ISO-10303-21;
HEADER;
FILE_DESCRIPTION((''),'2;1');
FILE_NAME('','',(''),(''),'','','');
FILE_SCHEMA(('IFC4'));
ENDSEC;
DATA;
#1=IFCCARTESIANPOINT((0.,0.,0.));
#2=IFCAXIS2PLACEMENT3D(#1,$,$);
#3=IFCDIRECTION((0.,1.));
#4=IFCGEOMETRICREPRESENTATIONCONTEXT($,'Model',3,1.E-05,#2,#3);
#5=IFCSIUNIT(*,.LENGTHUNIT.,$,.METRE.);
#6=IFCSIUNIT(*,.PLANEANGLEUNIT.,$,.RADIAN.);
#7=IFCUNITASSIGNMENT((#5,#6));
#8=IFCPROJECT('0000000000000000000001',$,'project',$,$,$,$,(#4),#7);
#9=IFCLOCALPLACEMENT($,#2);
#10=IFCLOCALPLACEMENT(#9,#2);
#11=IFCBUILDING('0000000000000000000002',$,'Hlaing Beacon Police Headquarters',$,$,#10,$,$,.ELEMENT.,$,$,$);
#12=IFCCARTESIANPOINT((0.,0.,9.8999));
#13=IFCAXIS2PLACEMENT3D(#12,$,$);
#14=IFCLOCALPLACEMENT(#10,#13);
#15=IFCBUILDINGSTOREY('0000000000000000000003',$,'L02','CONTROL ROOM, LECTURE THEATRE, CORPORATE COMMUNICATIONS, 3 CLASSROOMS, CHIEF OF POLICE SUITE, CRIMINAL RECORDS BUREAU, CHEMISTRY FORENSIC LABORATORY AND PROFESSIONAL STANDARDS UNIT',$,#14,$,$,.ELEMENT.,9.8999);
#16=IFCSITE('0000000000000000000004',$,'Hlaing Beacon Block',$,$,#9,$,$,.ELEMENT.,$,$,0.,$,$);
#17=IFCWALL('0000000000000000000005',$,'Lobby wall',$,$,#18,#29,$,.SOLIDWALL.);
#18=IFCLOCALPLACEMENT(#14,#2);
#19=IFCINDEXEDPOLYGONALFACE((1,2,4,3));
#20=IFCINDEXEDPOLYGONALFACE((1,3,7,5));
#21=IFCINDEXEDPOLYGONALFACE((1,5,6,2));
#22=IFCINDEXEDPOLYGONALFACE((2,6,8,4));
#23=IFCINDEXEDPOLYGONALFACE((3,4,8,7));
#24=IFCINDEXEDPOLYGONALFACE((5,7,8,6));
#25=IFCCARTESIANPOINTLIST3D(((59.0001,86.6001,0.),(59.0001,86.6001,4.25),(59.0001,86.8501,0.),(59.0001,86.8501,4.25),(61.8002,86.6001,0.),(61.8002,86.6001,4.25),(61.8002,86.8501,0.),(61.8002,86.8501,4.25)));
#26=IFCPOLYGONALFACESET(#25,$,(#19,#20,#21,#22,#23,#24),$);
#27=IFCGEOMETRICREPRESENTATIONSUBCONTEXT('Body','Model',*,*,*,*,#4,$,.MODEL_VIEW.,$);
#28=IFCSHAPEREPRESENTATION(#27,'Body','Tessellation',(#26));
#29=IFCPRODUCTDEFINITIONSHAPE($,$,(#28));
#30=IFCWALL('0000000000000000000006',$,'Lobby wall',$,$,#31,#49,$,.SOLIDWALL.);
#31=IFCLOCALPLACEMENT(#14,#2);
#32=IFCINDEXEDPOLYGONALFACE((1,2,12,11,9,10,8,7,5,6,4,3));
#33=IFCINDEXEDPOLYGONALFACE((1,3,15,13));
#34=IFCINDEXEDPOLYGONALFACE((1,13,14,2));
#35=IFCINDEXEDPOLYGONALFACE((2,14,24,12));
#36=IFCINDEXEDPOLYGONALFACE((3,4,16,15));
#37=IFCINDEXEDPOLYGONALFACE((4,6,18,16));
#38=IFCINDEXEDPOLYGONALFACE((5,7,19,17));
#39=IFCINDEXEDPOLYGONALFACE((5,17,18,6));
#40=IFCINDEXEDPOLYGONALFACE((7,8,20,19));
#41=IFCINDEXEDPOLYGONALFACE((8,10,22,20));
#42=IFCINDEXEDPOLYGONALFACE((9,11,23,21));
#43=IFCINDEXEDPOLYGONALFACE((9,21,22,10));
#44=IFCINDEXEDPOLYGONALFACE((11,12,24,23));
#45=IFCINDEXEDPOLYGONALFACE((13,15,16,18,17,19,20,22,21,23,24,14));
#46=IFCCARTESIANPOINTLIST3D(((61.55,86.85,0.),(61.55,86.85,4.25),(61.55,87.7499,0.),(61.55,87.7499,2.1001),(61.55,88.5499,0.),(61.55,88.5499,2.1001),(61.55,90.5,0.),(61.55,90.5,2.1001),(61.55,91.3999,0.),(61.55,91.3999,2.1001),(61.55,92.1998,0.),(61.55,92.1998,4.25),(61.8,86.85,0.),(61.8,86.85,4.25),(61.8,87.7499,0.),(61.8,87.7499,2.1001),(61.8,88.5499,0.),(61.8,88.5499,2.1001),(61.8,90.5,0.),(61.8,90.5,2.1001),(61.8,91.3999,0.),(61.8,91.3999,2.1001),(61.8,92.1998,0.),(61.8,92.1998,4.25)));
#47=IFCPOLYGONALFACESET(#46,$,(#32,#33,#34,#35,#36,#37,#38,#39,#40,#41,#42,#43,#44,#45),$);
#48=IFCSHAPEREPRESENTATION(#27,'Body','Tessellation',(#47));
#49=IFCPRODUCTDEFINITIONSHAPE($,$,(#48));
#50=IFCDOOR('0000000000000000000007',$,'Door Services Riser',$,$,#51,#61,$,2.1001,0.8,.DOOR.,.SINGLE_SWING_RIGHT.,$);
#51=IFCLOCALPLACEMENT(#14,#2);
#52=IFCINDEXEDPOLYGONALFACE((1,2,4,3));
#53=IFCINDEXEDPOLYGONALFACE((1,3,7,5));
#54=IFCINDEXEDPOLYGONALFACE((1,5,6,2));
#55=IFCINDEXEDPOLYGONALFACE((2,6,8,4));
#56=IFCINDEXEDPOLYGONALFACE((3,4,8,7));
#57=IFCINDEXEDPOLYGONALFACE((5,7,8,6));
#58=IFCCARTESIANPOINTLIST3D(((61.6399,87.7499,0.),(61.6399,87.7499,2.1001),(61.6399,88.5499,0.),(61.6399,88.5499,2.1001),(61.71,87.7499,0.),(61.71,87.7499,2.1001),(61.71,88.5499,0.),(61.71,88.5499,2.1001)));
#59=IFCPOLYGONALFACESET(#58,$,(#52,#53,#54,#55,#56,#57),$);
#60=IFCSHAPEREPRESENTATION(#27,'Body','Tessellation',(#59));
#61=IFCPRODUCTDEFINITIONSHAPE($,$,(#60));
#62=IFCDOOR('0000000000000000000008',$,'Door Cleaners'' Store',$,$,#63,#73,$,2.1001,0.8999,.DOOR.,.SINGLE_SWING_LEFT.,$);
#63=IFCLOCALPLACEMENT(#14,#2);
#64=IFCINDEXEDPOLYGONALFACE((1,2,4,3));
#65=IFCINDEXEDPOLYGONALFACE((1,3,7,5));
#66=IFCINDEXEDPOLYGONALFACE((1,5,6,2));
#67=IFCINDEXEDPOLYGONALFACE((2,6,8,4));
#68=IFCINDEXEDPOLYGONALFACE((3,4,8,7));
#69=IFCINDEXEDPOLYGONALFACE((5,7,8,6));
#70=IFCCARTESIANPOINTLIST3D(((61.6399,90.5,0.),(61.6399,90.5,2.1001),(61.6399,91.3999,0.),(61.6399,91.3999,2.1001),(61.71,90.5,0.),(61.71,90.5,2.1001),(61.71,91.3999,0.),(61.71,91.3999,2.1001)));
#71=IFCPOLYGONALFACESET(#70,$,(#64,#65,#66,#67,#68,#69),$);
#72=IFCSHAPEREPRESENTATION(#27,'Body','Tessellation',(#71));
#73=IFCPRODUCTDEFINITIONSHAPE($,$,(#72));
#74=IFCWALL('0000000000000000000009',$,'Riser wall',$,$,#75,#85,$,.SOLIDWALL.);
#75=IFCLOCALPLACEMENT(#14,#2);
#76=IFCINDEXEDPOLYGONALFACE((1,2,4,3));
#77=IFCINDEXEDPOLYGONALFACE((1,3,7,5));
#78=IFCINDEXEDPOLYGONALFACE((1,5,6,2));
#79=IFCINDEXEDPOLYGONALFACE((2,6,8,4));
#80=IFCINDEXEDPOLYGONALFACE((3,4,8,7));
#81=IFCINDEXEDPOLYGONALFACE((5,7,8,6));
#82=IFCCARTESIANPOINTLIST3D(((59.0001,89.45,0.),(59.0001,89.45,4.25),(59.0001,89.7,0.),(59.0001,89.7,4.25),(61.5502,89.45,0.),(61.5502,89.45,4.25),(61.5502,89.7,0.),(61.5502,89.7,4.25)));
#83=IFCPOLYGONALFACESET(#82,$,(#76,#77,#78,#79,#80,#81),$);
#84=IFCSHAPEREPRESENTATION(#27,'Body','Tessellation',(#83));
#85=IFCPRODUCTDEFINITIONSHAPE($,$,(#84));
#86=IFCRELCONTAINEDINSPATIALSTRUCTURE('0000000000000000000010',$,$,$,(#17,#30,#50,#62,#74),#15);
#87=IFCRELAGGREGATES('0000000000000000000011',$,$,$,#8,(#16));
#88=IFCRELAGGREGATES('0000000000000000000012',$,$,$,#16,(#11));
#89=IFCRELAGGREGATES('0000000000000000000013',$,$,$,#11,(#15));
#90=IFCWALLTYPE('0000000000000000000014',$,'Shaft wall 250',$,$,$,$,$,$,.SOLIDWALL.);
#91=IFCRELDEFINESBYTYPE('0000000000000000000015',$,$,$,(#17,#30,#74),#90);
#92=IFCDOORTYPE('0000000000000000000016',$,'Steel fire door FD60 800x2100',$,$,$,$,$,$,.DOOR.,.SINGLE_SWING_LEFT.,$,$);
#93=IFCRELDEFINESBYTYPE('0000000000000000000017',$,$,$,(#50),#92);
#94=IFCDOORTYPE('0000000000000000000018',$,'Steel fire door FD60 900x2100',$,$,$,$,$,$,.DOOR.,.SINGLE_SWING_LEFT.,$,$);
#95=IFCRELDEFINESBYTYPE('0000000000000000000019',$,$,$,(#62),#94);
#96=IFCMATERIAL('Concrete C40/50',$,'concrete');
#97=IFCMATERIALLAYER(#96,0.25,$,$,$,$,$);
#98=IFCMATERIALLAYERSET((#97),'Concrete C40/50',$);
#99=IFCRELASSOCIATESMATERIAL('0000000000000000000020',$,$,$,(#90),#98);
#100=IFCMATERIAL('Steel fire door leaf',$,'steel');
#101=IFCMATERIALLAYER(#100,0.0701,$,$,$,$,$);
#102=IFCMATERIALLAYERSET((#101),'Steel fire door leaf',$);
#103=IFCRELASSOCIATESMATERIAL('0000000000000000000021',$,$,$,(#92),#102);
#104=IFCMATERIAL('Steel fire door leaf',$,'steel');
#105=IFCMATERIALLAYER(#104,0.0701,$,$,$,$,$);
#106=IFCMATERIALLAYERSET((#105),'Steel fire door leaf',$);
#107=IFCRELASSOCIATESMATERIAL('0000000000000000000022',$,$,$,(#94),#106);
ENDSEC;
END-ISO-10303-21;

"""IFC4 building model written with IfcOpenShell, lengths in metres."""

from ifc_helpers import new_model, si_unit, direction, frame, frame_2d, origin, place, context, subcontext, project, spatial, rectangle, extrude, material, layer, layer_set, type_object, element, fill, save


model = new_model("IFC4")

# Units and contexts
model_context = context("Model", 3, precision=1e-05, world=origin(), true_north=direction((0.0, 1.0)))
body_context = subcontext(model_context, "Body", "Model", "MODEL_VIEW")
ifc_project = project(units=[si_unit("LENGTHUNIT", "METRE"), si_unit("PLANEANGLEUNIT", "RADIAN")], contexts=[model_context])

# Site, building, storey
site_placement = place(None, origin())
site = spatial("IfcSite", under=ifc_project, at=site_placement, Name="Hlaing Beacon Block", CompositionType="ELEMENT", RefElevation=0.0)
building_placement = place(site_placement, origin())
building = spatial("IfcBuilding", under=site, at=building_placement, Name="Hlaing Beacon Police Headquarters", CompositionType="ELEMENT")
storey_placement = place(building_placement, frame((0.0, 0.0, 9.8999)))
storey = spatial("IfcBuildingStorey", under=building, at=storey_placement, Name="L02", Description="CONTROL ROOM, LECTURE THEATRE, CORPORATE COMMUNICATIONS, 3 CLASSROOMS, CHIEF OF POLICE SUITE, CRIMINAL RECORDS BUREAU, CHEMISTRY FORENSIC LABORATORY AND PROFESSIONAL STANDARDS UNIT", CompositionType="ELEMENT", Elevation=9.8999)

# Shared definitions
ifc_material_1 = material(Name="Concrete C40/50", Category="concrete")
ifc_layer_1 = layer(ifc_material_1, 0.25)
ifc_layer_set_1 = layer_set([ifc_layer_1], Name="Concrete C40/50")
wall_type_1 = type_object("IfcWallType", Name="Shaft wall 250", PredefinedType="SOLIDWALL", material=ifc_layer_set_1)

# Wall
wall_1_placement = place(storey_placement, frame((61.8, 86.7251, 0.0), z_axis=(0.0, 0.0, 1.0), x_axis=(-1.0, 0.0, 0.0)))
element("IfcWall", 1, at=wall_1_placement, inside=storey, type_object=wall_type_1, Name="Lobby wall", PredefinedType="SOLIDWALL", context=body_context, shape_type="SweptSolid", body=[
    extrude(rectangle(XDim=2.8, YDim=0.25, at=frame_2d((1.3999, 0.0))), origin(), (0.0, 0.0, 1.0), 4.25),
])

# Wall, openings, doors
wall_2_placement = place(storey_placement, frame((61.675, 86.8501, 0.0), z_axis=(0.0, 0.0, 1.0), x_axis=(0.0, 1.0, 0.0)))
wall_2 = element("IfcWall", 2, at=wall_2_placement, inside=storey, type_object=wall_type_1, Name="Lobby wall", PredefinedType="SOLIDWALL", context=body_context, shape_type="SweptSolid", body=[
    extrude(rectangle(XDim=5.3499, YDim=0.25, at=frame_2d((2.6748, 0.0))), origin(), (0.0, 0.0, 1.0), 4.25),
])
opening_1_placement = place(wall_2_placement, frame((3.6499, 0.0, 0.0)))
opening_1 = element("IfcOpeningElement", 3, at=opening_1_placement, cuts=wall_2, PredefinedType="OPENING", context=body_context, shape_type="SweptSolid", body=[
    extrude(rectangle(XDim=0.8999, YDim=2.1001, at=frame_2d((0.45, 1.05))), frame((0.0, 0.135, 0.0), z_axis=(0.0, -1.0, 0.0), x_axis=(1.0, 0.0, 0.0)), (0.0, 0.0, 1.0), 0.27),
])
opening_2_placement = place(wall_2_placement, frame((0.8999, 0.0, 0.0)))
opening_2 = element("IfcOpeningElement", 4, at=opening_2_placement, cuts=wall_2, PredefinedType="OPENING", context=body_context, shape_type="SweptSolid", body=[
    extrude(rectangle(XDim=0.8, YDim=2.1001, at=frame_2d((0.3999, 1.05))), frame((0.0, 0.135, 0.0), z_axis=(0.0, -1.0, 0.0), x_axis=(1.0, 0.0, 0.0)), (0.0, 0.0, 1.0), 0.27),
])
ifc_material_2 = material(Name="Steel fire door leaf", Category="steel")
ifc_layer_2 = layer(ifc_material_2, 0.0701)
ifc_layer_set_2 = layer_set([ifc_layer_2], Name="Steel fire door leaf")
door_type_1 = type_object("IfcDoorType", Name="Steel fire door FD60 800x2100", OperationType="SINGLE_SWING_LEFT", PredefinedType="DOOR", material=ifc_layer_set_2)
door_1_placement = place(opening_2_placement, origin())
door_1 = element("IfcDoor", 5, at=door_1_placement, inside=storey, type_object=door_type_1, Name="Door Services Riser", OperationType="SINGLE_SWING_RIGHT", OverallHeight=2.1001, OverallWidth=0.8, PredefinedType="DOOR", context=body_context, shape_type="SweptSolid", body=[
    extrude(rectangle(XDim=0.8, YDim=2.1001, at=frame_2d((0.3999, 1.05))), frame((0.0, 0.0352, 0.0), z_axis=(0.0, -1.0, 0.0), x_axis=(1.0, 0.0, 0.0)), (0.0, 0.0, 1.0), 0.0701),
])
fill(opening_2, door_1)
ifc_material_3 = material(Name="Steel fire door leaf", Category="steel")
ifc_layer_3 = layer(ifc_material_3, 0.0701)
ifc_layer_set_3 = layer_set([ifc_layer_3], Name="Steel fire door leaf")
door_type_2 = type_object("IfcDoorType", Name="Steel fire door FD60 900x2100", OperationType="SINGLE_SWING_LEFT", PredefinedType="DOOR", material=ifc_layer_set_3)
door_2_placement = place(opening_1_placement, origin())
door_2 = element("IfcDoor", 6, at=door_2_placement, inside=storey, type_object=door_type_2, Name="Door Cleaners' Store", OperationType="SINGLE_SWING_LEFT", OverallHeight=2.1001, OverallWidth=0.8999, PredefinedType="DOOR", context=body_context, shape_type="SweptSolid", body=[
    extrude(rectangle(XDim=0.8999, YDim=2.1001, at=frame_2d((0.45, 1.05))), frame((0.0, 0.0352, 0.0), z_axis=(0.0, -1.0, 0.0), x_axis=(1.0, 0.0, 0.0)), (0.0, 0.0, 1.0), 0.0701),
])
fill(opening_1, door_2)

# Wall
wall_3_placement = place(storey_placement, frame((61.55, 89.575, 0.0), z_axis=(0.0, 0.0, 1.0), x_axis=(-1.0, 0.0, 0.0)))
element("IfcWall", 7, at=wall_3_placement, inside=storey, type_object=wall_type_1, Name="Riser wall", PredefinedType="SOLIDWALL", context=body_context, shape_type="SweptSolid", body=[
    extrude(rectangle(XDim=2.55, YDim=0.25, at=frame_2d((1.2749, 0.0))), origin(), (0.0, 0.0, 1.0), 4.25),
])

save(model, "model.ifc")
